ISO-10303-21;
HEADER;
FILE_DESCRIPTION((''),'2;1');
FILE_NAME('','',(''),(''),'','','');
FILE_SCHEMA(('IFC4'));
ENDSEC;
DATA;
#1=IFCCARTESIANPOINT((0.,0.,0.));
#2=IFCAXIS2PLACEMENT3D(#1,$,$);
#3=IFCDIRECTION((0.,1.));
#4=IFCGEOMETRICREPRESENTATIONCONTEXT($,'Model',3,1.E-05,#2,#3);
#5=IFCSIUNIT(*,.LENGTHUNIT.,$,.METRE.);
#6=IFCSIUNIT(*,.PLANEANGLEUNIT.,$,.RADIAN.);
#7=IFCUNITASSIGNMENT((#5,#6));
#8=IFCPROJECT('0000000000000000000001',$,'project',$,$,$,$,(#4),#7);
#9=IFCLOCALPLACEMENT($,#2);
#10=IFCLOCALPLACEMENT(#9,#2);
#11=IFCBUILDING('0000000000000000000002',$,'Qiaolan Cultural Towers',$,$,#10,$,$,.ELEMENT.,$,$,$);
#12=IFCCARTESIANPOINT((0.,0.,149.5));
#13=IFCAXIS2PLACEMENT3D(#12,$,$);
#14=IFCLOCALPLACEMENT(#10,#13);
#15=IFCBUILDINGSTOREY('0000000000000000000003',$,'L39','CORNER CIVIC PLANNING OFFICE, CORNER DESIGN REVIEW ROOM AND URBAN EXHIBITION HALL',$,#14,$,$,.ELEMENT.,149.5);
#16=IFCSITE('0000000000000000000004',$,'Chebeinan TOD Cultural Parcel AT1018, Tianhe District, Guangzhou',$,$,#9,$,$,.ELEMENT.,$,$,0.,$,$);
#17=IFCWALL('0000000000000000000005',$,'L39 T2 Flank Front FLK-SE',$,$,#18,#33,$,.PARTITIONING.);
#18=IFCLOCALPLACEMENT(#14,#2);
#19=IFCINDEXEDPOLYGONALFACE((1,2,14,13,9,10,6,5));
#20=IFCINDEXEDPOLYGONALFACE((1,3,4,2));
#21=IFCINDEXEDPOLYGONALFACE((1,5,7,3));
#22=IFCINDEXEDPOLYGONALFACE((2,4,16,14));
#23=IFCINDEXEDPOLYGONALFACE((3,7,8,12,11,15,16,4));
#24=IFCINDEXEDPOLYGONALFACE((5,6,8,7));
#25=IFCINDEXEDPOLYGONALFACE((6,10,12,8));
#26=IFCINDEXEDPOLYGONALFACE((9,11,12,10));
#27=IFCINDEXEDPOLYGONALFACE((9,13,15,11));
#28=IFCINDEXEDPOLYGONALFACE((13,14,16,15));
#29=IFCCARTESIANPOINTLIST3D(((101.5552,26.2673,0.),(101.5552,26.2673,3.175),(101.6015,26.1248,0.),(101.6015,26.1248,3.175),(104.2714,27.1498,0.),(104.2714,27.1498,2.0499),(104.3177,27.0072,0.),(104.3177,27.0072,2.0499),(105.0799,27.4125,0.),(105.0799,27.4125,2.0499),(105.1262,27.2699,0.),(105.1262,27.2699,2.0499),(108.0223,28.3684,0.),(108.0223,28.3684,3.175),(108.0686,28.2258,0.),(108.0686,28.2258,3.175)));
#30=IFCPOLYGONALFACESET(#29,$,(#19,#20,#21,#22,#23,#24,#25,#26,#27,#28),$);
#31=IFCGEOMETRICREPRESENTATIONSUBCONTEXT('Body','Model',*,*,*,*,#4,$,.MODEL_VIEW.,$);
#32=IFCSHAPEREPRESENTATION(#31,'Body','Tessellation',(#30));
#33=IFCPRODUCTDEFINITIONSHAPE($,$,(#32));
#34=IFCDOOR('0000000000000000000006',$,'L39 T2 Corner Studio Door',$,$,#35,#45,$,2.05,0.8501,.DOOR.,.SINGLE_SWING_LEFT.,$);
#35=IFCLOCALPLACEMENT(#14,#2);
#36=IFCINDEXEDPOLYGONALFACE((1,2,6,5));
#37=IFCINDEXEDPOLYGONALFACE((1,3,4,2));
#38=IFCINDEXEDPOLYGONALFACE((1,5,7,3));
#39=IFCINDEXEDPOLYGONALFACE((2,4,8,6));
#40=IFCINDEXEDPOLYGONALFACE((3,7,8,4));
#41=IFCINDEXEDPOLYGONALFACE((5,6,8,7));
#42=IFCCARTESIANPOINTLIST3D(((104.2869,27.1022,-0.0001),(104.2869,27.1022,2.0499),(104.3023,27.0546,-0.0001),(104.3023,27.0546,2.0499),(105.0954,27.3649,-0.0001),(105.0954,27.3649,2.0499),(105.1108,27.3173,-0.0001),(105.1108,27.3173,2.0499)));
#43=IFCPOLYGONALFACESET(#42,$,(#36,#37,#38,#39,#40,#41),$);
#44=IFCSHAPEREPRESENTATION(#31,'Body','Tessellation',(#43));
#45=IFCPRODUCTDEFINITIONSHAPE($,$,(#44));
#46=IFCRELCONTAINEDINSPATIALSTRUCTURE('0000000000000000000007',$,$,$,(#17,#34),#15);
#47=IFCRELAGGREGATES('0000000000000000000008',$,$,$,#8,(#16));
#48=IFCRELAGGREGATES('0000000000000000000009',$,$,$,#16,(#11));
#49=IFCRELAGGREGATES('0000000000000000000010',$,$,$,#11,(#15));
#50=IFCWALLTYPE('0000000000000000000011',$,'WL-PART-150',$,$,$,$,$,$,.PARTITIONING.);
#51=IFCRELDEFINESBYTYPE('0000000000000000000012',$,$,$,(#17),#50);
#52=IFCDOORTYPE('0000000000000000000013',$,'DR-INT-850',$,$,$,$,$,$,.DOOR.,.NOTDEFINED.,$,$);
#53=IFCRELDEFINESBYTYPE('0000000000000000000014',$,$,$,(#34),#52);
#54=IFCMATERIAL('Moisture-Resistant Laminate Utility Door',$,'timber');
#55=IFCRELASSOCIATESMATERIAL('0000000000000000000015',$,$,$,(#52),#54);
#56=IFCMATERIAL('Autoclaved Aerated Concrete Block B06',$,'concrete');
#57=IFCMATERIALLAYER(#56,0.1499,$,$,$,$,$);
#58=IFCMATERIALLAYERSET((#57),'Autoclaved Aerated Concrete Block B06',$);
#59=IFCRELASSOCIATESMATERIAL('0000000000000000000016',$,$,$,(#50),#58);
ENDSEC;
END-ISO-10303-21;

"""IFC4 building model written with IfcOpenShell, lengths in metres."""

from ifc_helpers import new_model, si_unit, direction, frame, frame_2d, origin, place, context, subcontext, project, spatial, rectangle, extrude, material, layer, layer_set, type_object, element, fill, save


model = new_model("IFC4")

# Units and contexts
model_context = context("Model", 3, precision=1e-05, world=origin(), true_north=direction((0.0, 1.0)))
body_context = subcontext(model_context, "Body", "Model", "MODEL_VIEW")
ifc_project = project(units=[si_unit("LENGTHUNIT", "METRE"), si_unit("PLANEANGLEUNIT", "RADIAN")], contexts=[model_context])

# Site, building, storey
site_placement = place(None, origin())
site = spatial("IfcSite", under=ifc_project, at=site_placement, Name="Chebeinan TOD Cultural Parcel AT1018, Tianhe District, Guangzhou", CompositionType="ELEMENT", RefElevation=0.0)
building_placement = place(site_placement, origin())
building = spatial("IfcBuilding", under=site, at=building_placement, Name="Qiaolan Cultural Towers", CompositionType="ELEMENT")
storey_placement = place(building_placement, frame((0.0, 0.0, 149.5)))
storey = spatial("IfcBuildingStorey", under=building, at=storey_placement, Name="L39", Description="CORNER CIVIC PLANNING OFFICE, CORNER DESIGN REVIEW ROOM AND URBAN EXHIBITION HALL", CompositionType="ELEMENT", Elevation=149.5)

# Shared definitions
ifc_material_1 = material(Name="Moisture-Resistant Laminate Utility Door", Category="timber")
door_type_1 = type_object("IfcDoorType", Name="DR-INT-850", OperationType="NOTDEFINED", PredefinedType="DOOR", material=ifc_material_1)

# Shared definitions
ifc_material_2 = material(Name="Autoclaved Aerated Concrete Block B06", Category="concrete")
ifc_layer_1 = layer(ifc_material_2, 0.1499)
ifc_layer_set_1 = layer_set([ifc_layer_1], Name="Autoclaved Aerated Concrete Block B06")
wall_type_1 = type_object("IfcWallType", Name="WL-PART-150", PredefinedType="PARTITIONING", material=ifc_layer_set_1)

# Wall, opening, door
wall_1_placement = place(storey_placement, frame((101.5784, 26.196, 0.0), z_axis=(0.0, 0.0, 1.0), x_axis=(0.951065, 0.308991, 0.0)))
wall_1 = element("IfcWall", 1, at=wall_1_placement, inside=storey, type_object=wall_type_1, Name="L39 T2 Flank Front FLK-SE", PredefinedType="PARTITIONING", context=body_context, shape_type="SweptSolid", body=[
    extrude(rectangle(XDim=6.7998, YDim=0.1499, at=frame_2d((3.3999, 0.0))), origin(), (0.0, 0.0, 1.0), 3.175),
])
opening_1_placement = place(wall_1_placement, frame((2.856, 0.0, 0.0)))
opening_1 = element("IfcOpeningElement", 2, at=opening_1_placement, cuts=wall_1, PredefinedType="OPENING", context=body_context, shape_type="SweptSolid", body=[
    extrude(rectangle(XDim=0.8501, YDim=2.05, at=frame_2d((0.425, 1.0249))), frame((0.0, 0.085, 0.0), z_axis=(0.0, -1.0, 0.0), x_axis=(1.0, 0.0, 0.0)), (0.0, 0.0, 1.0), 0.1699),
])
door_1_placement = place(opening_1_placement, origin())
door_1 = element("IfcDoor", 3, at=door_1_placement, inside=storey, type_object=door_type_1, Name="L39 T2 Corner Studio Door", OperationType="SINGLE_SWING_LEFT", OverallHeight=2.05, OverallWidth=0.8501, PredefinedType="DOOR", context=body_context, shape_type="SweptSolid", body=[
    extrude(rectangle(XDim=0.8501, YDim=2.05, at=frame_2d((0.425, 1.0249))), frame((0.0, 0.0249, 0.0), z_axis=(0.0, -1.0, 0.0), x_axis=(1.0, 0.0, 0.0)), (0.0, 0.0, 1.0), 0.05),
])
fill(opening_1, door_1)

save(model, "model.ifc")
